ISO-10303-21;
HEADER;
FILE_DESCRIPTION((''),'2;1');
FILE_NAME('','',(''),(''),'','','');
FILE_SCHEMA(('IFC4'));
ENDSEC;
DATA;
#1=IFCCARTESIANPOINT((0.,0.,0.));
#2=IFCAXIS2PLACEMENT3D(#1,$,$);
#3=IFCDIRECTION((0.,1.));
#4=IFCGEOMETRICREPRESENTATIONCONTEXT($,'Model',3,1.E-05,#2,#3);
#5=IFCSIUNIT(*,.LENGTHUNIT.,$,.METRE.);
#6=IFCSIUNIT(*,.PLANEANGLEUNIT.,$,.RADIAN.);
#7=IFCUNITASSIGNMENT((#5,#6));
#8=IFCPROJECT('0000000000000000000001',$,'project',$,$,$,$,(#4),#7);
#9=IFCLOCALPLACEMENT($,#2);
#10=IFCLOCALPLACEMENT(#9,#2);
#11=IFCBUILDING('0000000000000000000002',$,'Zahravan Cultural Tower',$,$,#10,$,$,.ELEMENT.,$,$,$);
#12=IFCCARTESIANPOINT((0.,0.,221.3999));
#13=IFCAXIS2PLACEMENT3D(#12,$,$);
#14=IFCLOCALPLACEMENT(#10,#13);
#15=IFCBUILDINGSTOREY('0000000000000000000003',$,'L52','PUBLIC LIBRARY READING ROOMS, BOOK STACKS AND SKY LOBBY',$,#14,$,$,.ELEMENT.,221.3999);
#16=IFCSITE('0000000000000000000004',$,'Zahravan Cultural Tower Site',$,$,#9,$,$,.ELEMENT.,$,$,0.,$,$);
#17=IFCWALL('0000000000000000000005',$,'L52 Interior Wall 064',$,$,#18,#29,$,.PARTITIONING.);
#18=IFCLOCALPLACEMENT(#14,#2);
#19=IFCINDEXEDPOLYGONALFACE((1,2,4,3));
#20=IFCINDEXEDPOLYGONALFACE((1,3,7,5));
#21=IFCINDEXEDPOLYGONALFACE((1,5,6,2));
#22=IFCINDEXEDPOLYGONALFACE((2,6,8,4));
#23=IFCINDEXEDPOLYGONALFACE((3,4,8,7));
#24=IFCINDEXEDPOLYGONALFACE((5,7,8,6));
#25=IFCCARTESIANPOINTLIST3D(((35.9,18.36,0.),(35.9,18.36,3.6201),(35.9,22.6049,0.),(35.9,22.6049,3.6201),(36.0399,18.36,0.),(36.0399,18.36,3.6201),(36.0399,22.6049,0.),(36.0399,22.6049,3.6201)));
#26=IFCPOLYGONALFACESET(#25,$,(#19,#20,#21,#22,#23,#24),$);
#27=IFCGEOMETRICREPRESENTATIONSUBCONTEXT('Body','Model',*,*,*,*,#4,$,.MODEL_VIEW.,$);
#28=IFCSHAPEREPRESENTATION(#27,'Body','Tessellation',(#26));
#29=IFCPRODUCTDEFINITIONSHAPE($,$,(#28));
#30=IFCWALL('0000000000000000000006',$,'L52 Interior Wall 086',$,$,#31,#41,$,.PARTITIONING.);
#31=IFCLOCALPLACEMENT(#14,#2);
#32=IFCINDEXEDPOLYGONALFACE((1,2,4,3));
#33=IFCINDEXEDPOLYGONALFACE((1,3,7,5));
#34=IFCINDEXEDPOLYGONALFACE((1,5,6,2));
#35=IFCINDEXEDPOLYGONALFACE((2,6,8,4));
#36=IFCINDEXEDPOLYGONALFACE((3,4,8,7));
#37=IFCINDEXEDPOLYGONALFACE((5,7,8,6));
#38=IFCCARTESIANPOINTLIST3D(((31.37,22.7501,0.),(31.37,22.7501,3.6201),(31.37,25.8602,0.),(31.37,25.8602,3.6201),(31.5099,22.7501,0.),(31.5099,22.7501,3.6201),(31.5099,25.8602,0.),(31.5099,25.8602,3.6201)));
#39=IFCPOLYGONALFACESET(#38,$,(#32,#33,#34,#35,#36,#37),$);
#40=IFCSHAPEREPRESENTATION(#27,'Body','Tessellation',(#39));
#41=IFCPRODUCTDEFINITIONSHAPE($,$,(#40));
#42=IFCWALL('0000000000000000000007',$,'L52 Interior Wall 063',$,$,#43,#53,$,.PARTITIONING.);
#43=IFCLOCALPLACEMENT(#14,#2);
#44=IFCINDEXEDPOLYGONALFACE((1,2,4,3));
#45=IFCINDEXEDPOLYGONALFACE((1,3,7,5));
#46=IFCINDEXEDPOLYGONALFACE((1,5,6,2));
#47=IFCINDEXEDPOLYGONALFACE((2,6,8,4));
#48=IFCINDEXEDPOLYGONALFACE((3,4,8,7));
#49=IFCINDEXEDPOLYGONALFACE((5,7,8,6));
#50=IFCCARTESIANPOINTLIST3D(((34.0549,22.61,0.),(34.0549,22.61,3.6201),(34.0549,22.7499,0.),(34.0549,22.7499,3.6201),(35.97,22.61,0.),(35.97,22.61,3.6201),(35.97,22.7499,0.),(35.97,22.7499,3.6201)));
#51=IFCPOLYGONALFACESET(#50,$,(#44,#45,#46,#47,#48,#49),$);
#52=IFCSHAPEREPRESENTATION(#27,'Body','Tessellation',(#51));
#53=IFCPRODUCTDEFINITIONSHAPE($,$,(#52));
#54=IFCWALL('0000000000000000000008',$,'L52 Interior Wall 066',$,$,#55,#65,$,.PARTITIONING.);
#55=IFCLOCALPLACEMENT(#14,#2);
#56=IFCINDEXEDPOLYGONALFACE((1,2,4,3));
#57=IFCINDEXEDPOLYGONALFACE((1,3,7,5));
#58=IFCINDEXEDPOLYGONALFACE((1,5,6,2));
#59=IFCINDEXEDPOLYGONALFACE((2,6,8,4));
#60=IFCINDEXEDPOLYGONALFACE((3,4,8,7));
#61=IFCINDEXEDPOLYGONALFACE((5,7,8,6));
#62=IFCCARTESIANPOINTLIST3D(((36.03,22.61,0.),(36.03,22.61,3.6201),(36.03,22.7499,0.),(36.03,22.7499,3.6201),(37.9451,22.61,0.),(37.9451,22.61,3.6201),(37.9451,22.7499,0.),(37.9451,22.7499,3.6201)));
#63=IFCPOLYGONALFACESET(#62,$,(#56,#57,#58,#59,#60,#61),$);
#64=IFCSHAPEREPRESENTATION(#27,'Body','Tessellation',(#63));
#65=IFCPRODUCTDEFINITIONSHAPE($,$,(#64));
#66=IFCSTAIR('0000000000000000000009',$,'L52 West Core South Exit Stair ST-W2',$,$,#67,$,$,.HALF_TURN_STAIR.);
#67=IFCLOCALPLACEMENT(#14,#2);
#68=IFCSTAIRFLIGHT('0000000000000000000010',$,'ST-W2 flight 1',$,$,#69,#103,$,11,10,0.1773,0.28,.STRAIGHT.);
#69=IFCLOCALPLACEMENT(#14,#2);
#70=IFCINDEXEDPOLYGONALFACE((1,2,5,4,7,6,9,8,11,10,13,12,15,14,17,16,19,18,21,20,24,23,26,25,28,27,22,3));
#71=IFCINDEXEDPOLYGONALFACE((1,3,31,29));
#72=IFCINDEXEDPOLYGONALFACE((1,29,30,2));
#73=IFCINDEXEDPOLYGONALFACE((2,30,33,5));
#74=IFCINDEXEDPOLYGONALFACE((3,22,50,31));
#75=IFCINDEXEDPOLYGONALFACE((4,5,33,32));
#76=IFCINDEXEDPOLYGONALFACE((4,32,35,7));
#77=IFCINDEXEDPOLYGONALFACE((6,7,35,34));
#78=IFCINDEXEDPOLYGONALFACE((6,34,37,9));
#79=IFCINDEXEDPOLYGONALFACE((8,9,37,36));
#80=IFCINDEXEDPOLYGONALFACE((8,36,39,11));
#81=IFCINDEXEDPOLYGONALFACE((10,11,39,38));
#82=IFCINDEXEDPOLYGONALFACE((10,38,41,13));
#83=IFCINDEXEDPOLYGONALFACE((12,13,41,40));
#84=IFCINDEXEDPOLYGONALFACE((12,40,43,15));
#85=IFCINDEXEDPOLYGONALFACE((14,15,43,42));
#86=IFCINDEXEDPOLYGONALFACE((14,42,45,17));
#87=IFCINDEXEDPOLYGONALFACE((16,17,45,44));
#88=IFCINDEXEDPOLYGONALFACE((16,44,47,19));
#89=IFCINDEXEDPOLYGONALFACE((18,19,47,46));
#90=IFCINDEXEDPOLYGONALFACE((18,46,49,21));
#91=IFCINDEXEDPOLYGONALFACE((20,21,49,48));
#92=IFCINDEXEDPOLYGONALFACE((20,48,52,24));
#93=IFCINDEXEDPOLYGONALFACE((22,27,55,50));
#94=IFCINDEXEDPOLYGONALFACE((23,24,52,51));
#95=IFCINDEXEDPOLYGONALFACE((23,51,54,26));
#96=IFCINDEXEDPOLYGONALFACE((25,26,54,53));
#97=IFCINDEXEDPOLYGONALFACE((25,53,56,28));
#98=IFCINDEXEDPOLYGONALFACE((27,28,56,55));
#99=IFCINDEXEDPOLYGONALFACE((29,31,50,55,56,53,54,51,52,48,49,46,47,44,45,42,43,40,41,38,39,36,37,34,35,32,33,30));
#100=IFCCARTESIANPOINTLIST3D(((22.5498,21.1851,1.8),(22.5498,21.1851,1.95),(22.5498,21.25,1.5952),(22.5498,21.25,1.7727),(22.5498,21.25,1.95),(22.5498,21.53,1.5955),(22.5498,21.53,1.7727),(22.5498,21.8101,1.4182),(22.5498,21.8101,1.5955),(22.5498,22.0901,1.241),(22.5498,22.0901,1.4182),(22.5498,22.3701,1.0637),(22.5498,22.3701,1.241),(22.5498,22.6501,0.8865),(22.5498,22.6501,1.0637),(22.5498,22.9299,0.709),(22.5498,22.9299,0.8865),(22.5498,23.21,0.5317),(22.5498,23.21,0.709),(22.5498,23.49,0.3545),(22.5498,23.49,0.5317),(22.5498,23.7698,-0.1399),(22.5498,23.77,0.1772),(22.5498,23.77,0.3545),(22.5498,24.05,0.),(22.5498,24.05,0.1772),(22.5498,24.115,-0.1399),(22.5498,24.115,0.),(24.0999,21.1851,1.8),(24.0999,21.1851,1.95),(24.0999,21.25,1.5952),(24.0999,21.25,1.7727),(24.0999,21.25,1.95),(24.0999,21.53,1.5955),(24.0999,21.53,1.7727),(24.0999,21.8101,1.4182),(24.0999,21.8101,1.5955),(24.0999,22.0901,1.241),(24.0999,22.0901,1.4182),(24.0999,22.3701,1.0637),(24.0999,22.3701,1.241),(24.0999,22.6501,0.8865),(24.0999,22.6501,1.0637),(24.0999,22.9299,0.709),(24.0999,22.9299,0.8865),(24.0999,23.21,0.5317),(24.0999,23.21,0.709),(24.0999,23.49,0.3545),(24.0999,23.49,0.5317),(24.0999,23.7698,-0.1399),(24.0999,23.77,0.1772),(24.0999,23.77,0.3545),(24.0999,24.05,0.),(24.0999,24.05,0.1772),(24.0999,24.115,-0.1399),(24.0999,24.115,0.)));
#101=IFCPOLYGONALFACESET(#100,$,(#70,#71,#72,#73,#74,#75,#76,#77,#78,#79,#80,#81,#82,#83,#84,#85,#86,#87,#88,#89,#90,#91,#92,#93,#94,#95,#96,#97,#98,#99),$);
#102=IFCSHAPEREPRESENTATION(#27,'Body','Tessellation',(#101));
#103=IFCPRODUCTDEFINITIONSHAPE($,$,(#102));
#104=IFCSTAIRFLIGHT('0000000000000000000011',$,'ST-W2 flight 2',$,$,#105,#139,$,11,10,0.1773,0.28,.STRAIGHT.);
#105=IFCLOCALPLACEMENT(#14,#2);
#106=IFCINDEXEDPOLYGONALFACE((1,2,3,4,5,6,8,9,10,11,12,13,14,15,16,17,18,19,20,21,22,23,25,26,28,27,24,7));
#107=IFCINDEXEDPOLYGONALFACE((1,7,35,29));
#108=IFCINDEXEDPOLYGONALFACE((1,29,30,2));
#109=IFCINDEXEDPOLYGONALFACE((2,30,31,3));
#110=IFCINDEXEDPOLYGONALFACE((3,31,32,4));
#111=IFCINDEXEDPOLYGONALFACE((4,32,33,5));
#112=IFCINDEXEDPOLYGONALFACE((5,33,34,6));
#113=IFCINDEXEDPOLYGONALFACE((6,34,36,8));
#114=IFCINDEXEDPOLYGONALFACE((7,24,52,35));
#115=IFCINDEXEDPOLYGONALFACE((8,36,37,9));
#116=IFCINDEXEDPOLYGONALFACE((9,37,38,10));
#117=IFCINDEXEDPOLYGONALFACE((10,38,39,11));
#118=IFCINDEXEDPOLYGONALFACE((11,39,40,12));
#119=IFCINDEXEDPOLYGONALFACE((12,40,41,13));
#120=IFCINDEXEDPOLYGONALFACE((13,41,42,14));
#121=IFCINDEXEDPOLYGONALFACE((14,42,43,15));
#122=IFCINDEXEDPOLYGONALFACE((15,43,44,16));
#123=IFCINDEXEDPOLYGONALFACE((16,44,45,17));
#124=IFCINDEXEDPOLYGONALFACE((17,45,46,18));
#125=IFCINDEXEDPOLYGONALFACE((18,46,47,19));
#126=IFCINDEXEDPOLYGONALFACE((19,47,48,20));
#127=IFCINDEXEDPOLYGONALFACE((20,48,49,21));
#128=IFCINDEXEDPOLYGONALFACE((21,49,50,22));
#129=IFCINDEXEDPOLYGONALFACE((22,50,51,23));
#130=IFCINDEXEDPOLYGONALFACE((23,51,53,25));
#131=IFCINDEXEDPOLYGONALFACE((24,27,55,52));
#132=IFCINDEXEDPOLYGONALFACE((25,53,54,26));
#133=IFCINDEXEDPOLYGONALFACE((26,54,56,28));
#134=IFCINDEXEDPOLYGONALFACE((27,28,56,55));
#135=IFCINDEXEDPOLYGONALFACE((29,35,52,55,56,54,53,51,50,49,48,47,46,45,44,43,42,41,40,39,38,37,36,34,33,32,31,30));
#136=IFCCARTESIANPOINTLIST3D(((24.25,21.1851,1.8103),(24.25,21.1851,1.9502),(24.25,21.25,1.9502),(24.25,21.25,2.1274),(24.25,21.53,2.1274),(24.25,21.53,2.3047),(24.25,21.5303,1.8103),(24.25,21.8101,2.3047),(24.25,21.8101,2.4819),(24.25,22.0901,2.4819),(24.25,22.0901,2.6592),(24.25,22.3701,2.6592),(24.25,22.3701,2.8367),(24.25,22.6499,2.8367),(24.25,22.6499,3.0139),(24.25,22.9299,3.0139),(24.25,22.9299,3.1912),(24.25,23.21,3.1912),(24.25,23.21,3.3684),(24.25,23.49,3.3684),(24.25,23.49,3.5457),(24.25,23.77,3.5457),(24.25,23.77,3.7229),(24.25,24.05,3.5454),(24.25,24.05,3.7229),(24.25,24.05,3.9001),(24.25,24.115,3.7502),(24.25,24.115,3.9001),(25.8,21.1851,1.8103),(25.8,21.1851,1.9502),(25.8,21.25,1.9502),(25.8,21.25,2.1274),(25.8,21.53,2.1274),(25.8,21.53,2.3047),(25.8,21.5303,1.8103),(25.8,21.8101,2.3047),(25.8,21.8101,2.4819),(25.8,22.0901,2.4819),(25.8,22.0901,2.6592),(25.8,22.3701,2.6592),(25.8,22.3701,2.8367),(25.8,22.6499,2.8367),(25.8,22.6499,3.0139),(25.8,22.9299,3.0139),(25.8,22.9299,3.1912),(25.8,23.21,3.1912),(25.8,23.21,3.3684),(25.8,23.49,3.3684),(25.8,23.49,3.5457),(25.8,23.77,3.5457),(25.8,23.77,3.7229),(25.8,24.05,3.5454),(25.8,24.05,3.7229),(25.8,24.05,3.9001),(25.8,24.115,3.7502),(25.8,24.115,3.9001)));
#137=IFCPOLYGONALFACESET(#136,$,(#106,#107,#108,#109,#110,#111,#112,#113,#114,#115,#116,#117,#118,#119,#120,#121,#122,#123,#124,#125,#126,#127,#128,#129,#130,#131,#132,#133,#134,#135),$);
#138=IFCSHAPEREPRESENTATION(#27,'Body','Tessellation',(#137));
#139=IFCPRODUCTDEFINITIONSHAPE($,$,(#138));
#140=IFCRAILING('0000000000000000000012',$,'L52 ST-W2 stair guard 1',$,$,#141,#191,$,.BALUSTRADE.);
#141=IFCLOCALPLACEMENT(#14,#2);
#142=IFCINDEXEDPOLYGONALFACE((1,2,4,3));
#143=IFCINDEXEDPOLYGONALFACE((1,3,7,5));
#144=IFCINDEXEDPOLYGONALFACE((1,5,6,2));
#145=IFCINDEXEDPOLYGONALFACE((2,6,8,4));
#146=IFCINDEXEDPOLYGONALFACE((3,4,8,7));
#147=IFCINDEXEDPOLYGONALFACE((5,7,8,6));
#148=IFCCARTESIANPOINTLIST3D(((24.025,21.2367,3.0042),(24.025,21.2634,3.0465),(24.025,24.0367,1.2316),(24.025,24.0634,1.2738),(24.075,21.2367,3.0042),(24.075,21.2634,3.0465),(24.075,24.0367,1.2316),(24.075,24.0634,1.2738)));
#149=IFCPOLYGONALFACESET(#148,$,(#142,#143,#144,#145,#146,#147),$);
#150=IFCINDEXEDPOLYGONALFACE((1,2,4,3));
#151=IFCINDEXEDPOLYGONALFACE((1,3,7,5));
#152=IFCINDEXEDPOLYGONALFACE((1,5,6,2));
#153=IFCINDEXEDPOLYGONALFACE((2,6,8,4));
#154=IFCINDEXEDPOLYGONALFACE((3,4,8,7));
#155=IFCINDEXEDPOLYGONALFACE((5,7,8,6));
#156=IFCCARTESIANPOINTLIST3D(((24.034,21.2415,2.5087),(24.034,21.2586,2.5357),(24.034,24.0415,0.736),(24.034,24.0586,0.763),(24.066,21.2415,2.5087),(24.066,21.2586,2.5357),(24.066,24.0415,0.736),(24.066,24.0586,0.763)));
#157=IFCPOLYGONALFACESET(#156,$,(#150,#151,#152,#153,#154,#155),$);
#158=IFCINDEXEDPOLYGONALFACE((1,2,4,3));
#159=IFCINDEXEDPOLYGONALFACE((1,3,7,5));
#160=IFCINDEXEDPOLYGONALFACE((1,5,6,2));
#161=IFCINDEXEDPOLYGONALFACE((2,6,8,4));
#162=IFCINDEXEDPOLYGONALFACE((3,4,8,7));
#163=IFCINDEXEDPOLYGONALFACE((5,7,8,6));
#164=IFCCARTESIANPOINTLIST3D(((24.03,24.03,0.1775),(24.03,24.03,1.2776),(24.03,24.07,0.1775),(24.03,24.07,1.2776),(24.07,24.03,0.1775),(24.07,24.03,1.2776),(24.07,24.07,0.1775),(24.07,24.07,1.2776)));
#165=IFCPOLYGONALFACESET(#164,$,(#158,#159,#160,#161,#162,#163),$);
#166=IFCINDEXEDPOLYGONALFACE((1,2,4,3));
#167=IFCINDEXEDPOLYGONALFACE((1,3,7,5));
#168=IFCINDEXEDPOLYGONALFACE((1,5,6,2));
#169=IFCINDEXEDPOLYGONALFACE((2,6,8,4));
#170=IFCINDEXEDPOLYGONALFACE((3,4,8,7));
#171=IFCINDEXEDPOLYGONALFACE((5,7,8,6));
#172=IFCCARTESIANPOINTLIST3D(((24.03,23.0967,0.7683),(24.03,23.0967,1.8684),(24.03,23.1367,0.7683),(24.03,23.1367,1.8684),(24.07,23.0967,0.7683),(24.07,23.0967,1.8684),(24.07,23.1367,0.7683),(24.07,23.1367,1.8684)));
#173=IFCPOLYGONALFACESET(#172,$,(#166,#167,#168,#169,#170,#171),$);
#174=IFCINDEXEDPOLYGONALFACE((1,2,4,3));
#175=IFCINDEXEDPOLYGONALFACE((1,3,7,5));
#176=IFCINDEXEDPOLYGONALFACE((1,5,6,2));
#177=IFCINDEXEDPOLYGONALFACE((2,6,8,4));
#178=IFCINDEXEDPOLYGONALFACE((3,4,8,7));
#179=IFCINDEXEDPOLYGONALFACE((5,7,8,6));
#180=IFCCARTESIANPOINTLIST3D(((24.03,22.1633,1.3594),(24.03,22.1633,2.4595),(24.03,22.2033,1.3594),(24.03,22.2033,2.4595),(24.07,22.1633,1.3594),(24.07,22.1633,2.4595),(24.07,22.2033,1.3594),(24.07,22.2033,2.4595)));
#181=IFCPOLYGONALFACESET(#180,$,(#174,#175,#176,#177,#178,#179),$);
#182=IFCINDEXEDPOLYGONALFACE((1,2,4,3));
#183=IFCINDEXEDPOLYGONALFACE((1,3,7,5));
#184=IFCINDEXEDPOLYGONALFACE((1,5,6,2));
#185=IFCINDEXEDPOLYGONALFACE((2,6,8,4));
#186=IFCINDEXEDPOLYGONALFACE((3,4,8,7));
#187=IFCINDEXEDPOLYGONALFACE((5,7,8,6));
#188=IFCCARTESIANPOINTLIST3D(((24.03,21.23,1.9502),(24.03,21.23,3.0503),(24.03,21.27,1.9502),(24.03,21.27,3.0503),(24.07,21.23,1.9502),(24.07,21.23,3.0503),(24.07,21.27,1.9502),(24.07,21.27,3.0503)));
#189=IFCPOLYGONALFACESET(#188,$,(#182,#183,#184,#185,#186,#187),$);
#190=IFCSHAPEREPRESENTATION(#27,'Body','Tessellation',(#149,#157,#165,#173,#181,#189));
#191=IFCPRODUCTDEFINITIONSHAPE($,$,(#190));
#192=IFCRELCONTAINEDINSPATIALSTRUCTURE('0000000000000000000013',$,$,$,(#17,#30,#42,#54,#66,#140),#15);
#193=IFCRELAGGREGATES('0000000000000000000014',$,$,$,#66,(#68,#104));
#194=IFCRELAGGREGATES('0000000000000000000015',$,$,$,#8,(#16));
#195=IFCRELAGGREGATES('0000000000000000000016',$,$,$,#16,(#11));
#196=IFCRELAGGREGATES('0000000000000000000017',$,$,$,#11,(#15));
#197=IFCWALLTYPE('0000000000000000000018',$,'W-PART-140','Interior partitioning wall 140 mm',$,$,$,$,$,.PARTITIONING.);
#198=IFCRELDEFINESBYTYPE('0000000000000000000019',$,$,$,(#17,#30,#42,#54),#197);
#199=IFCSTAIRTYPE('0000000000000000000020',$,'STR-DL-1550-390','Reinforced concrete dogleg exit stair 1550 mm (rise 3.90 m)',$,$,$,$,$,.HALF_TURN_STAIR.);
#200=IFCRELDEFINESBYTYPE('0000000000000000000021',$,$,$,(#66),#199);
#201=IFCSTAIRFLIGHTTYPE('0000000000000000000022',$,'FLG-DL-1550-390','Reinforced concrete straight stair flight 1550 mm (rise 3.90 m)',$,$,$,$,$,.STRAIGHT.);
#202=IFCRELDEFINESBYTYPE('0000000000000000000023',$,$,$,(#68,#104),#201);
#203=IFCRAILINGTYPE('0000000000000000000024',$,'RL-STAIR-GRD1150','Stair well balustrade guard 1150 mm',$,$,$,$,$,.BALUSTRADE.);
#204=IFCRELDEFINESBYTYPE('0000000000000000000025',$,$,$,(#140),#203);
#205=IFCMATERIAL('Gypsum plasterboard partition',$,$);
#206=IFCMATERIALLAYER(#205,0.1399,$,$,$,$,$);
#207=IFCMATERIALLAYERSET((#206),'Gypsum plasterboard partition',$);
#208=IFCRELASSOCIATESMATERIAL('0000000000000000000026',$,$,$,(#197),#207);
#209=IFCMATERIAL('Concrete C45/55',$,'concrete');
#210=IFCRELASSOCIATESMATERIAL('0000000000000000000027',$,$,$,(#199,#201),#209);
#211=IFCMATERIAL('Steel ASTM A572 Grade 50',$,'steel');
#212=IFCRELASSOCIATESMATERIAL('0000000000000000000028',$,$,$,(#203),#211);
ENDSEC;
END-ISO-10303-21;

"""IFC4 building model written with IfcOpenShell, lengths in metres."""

from ifc_helpers import new_model, si_unit, direction, frame, frame_2d, origin, origin_2d, place, context, subcontext, project, spatial, polyline, rectangle, outline, extrude, source, transform, mapped, material, layer, layer_set, type_object, element, aggregate, save


model = new_model("IFC4")

# Units and contexts
model_context = context("Model", 3, precision=1e-05, world=origin(), true_north=direction((0.0, 1.0)))
body_context = subcontext(model_context, "Body", "Model", "MODEL_VIEW")
ifc_project = project(units=[si_unit("LENGTHUNIT", "METRE"), si_unit("PLANEANGLEUNIT", "RADIAN")], contexts=[model_context])

# Site, building, storey
site_placement = place(None, origin())
site = spatial("IfcSite", under=ifc_project, at=site_placement, Name="Zahravan Cultural Tower Site", CompositionType="ELEMENT", RefElevation=0.0)
building_placement = place(site_placement, origin())
building = spatial("IfcBuilding", under=site, at=building_placement, Name="Zahravan Cultural Tower", CompositionType="ELEMENT")
storey_placement = place(building_placement, frame((0.0, 0.0, 221.3999)))
storey = spatial("IfcBuildingStorey", under=building, at=storey_placement, Name="L52", Description="PUBLIC LIBRARY READING ROOMS, BOOK STACKS AND SKY LOBBY", CompositionType="ELEMENT", Elevation=221.3999)

# Shared definitions
ifc_material_1 = material(Name="Gypsum plasterboard partition")
ifc_layer_1 = layer(ifc_material_1, 0.1399)
ifc_layer_set_1 = layer_set([ifc_layer_1], Name="Gypsum plasterboard partition")
wall_type_1 = type_object("IfcWallType", Name="W-PART-140", Description="Interior partitioning wall 140 mm", PredefinedType="PARTITIONING", material=ifc_layer_set_1)
ifc_material_2 = material(Name="Concrete C45/55", Category="concrete")
ifc_material_3 = material(Name="Steel ASTM A572 Grade 50", Category="steel")

# Walls
shared_shape_1 = source(origin(), body_context, "Body", "SweptSolid", [
    extrude(rectangle(XDim=4.2449, YDim=0.1399, at=frame_2d((2.1226, 0.0))), origin(), (0.0, 0.0, 1.0), 3.6201),
])
wall_1_placement = place(storey_placement, frame((35.97, 22.605, 0.0), z_axis=(0.0, 0.0, 1.0), x_axis=(0.0, -1.0, 0.0)))
element("IfcWall", 1, at=wall_1_placement, inside=storey, type_object=wall_type_1, Name="L52 Interior Wall 064", PredefinedType="PARTITIONING", context=body_context, shape_type="MappedRepresentation", body=[
    mapped(shared_shape_1, transform((0.0, 0.0, 0.0), x_axis=(1.0, 0.0, 0.0), y_axis=(0.0, 1.0, 0.0), z_axis=(0.0, 0.0, 1.0), scale=1.0)),
])
shared_shape_2 = source(origin(), body_context, "Body", "SweptSolid", [
    extrude(rectangle(XDim=3.1101, YDim=0.1399, at=frame_2d((1.5552, 0.0))), origin(), (0.0, 0.0, 1.0), 3.6201),
])
wall_2_placement = place(storey_placement, frame((31.4399, 22.75, 0.0), z_axis=(0.0, 0.0, 1.0), x_axis=(0.0, 1.0, 0.0)))
element("IfcWall", 2, at=wall_2_placement, inside=storey, type_object=wall_type_1, Name="L52 Interior Wall 086", PredefinedType="PARTITIONING", context=body_context, shape_type="MappedRepresentation", body=[
    mapped(shared_shape_2, transform((0.0, 0.0, 0.0), x_axis=(1.0, 0.0, 0.0), y_axis=(0.0, 1.0, 0.0), z_axis=(0.0, 0.0, 1.0), scale=1.0)),
])
shared_shape_3 = source(origin(), body_context, "Body", "SweptSolid", [
    extrude(rectangle(XDim=1.915, YDim=0.1399, at=frame_2d((0.9575, 0.0))), origin(), (0.0, 0.0, 1.0), 3.6201),
])
for number, where, z_axis, x_axis, name in (
    (3, (34.0549, 22.6799, 0.0), (0.0, 0.0, 1.0), (1.0, 0.0, 0.0), "L52 Interior Wall 063"),
    (4, (36.03, 22.6799, 0.0), (0.0, 0.0, 1.0), (1.0, 0.0, 0.0), "L52 Interior Wall 066"),
):
    element("IfcWall", number, at=place(storey_placement, frame(where, z_axis=z_axis, x_axis=x_axis)), inside=storey, type_object=wall_type_1, Name=name, PredefinedType="PARTITIONING", context=body_context, shape_type="MappedRepresentation", body=[
        mapped(shared_shape_3, transform((0.0, 0.0, 0.0), x_axis=(1.0, 0.0, 0.0), y_axis=(0.0, 1.0, 0.0), z_axis=(0.0, 0.0, 1.0), scale=1.0)),
    ])

# Stair, stair flights
stair_type = type_object("IfcStairType", Name="STR-DL-1550-390", Description="Reinforced concrete dogleg exit stair 1550 mm (rise 3.90 m)", PredefinedType="HALF_TURN_STAIR", material=ifc_material_2)
stair_placement = place(storey_placement, origin())
stair = element("IfcStair", 5, at=stair_placement, inside=storey, type_object=stair_type, Name="L52 West Core South Exit Stair ST-W2", PredefinedType="HALF_TURN_STAIR")
stair_flight_type = type_object("IfcStairFlightType", Name="FLG-DL-1550-390", Description="Reinforced concrete straight stair flight 1550 mm (rise 3.90 m)", PredefinedType="STRAIGHT", material=ifc_material_2)
stair_flight_1_placement = place(storey_placement, frame((23.325, 24.05, 0.0), z_axis=(0.0, 0.0, 1.0), x_axis=(0.0, -1.0, 0.0)))
stair_flight_1 = element("IfcStairFlight", 6, at=stair_flight_1_placement, type_object=stair_flight_type, Name="ST-W2 flight 1", NumberOfRisers=11, NumberOfTreads=10, PredefinedType="STRAIGHT", RiserHeight=0.1773, TreadLength=0.28, context=body_context, shape_type="SweptSolid", body=[
    extrude(outline(polyline([(-0.0649, -0.1399), (-0.0649, 0.0), (0.0, 0.0), (0.0, 0.1772), (0.28, 0.1772), (0.28, 0.3545), (0.5601, 0.3545), (0.5601, 0.5317), (0.8401, 0.5317), (0.8401, 0.709), (1.1201, 0.709), (1.1201, 0.8865), (1.3999, 0.8865), (1.3999, 1.0637), (1.6799, 1.0637), (1.6799, 1.241), (1.96, 1.241), (1.96, 1.4182), (2.24, 1.4182), (2.24, 1.5955), (2.52, 1.5955), (2.52, 1.7727), (2.8, 1.7727), (2.8, 1.95), (2.865, 1.95), (2.865, 1.8), (2.8, 1.5952), (0.2803, -0.1399), (-0.0649, -0.1399)])), frame((0.0, 0.7749, 0.0), z_axis=(0.0, -1.0, 0.0), x_axis=(1.0, 0.0, 0.0)), (0.0, 0.0, 1.0), 1.55),
])
stair_flight_2_placement = place(storey_placement, frame((25.0249, 21.25, 1.9502), z_axis=(0.0, 0.0, 1.0), x_axis=(0.0, 1.0, 0.0)))
stair_flight_2 = element("IfcStairFlight", 7, at=stair_flight_2_placement, type_object=stair_flight_type, Name="ST-W2 flight 2", NumberOfRisers=11, NumberOfTreads=10, PredefinedType="STRAIGHT", RiserHeight=0.1773, TreadLength=0.28, context=body_context, shape_type="SweptSolid", body=[
    extrude(outline(polyline([(-0.0649, -0.1399), (-0.0649, 0.0), (0.0, 0.0), (0.0, 0.1772), (0.28, 0.1772), (0.28, 0.3545), (0.5601, 0.3545), (0.5601, 0.5317), (0.8401, 0.5317), (0.8401, 0.709), (1.1201, 0.709), (1.1201, 0.8865), (1.3999, 0.8865), (1.3999, 1.0637), (1.6799, 1.0637), (1.6799, 1.241), (1.96, 1.241), (1.96, 1.4182), (2.24, 1.4182), (2.24, 1.5955), (2.52, 1.5955), (2.52, 1.7727), (2.8, 1.7727), (2.8, 1.95), (2.865, 1.95), (2.865, 1.8), (2.8, 1.5952), (0.2803, -0.1399), (-0.0649, -0.1399)])), frame((0.0, 0.7749, 0.0), z_axis=(0.0, -1.0, 0.0), x_axis=(1.0, 0.0, 0.0)), (0.0, 0.0, 1.0), 1.55),
])
aggregate(stair, [stair_flight_1, stair_flight_2])

# Railing
railing_type_1 = type_object("IfcRailingType", Name="RL-STAIR-GRD1150", Description="Stair well balustrade guard 1150 mm", PredefinedType="BALUSTRADE", material=ifc_material_3)
railing_1_placement = place(storey_placement, frame((24.05, 24.05, 0.1775)))
element("IfcRailing", 8, at=railing_1_placement, inside=storey, type_object=railing_type_1, Name="L52 ST-W2 stair guard 1", PredefinedType="BALUSTRADE", context=body_context, shape_type="SweptSolid", body=[
    extrude(rectangle(XDim=0.05, YDim=0.05, at=origin_2d()), frame((0.0, 0.0, 1.0752), z_axis=(0.0, -0.844909, 0.53491), x_axis=(1.0, 0.0, 0.0)), (0.0, 0.0, 1.0), 3.314),
    extrude(rectangle(XDim=0.032, YDim=0.032, at=origin_2d()), frame((0.0, 0.0, 0.572), z_axis=(0.0, -0.844909, 0.53491), x_axis=(1.0, 0.0, 0.0)), (0.0, 0.0, 1.0), 3.314),
    extrude(rectangle(XDim=0.04, YDim=0.04, at=origin_2d()), origin(), (0.0, 0.0, 1.0), 1.1001),
    extrude(rectangle(XDim=0.04, YDim=0.04, at=origin_2d()), frame((0.0, -0.9333, 0.5908)), (0.0, 0.0, 1.0), 1.1001),
    extrude(rectangle(XDim=0.04, YDim=0.04, at=origin_2d()), frame((0.0, -1.8667, 1.1819)), (0.0, 0.0, 1.0), 1.1001),
    extrude(rectangle(XDim=0.04, YDim=0.04, at=origin_2d()), frame((0.0, -2.8, 1.7727)), (0.0, 0.0, 1.0), 1.1001),
])

save(model, "model.ifc")
